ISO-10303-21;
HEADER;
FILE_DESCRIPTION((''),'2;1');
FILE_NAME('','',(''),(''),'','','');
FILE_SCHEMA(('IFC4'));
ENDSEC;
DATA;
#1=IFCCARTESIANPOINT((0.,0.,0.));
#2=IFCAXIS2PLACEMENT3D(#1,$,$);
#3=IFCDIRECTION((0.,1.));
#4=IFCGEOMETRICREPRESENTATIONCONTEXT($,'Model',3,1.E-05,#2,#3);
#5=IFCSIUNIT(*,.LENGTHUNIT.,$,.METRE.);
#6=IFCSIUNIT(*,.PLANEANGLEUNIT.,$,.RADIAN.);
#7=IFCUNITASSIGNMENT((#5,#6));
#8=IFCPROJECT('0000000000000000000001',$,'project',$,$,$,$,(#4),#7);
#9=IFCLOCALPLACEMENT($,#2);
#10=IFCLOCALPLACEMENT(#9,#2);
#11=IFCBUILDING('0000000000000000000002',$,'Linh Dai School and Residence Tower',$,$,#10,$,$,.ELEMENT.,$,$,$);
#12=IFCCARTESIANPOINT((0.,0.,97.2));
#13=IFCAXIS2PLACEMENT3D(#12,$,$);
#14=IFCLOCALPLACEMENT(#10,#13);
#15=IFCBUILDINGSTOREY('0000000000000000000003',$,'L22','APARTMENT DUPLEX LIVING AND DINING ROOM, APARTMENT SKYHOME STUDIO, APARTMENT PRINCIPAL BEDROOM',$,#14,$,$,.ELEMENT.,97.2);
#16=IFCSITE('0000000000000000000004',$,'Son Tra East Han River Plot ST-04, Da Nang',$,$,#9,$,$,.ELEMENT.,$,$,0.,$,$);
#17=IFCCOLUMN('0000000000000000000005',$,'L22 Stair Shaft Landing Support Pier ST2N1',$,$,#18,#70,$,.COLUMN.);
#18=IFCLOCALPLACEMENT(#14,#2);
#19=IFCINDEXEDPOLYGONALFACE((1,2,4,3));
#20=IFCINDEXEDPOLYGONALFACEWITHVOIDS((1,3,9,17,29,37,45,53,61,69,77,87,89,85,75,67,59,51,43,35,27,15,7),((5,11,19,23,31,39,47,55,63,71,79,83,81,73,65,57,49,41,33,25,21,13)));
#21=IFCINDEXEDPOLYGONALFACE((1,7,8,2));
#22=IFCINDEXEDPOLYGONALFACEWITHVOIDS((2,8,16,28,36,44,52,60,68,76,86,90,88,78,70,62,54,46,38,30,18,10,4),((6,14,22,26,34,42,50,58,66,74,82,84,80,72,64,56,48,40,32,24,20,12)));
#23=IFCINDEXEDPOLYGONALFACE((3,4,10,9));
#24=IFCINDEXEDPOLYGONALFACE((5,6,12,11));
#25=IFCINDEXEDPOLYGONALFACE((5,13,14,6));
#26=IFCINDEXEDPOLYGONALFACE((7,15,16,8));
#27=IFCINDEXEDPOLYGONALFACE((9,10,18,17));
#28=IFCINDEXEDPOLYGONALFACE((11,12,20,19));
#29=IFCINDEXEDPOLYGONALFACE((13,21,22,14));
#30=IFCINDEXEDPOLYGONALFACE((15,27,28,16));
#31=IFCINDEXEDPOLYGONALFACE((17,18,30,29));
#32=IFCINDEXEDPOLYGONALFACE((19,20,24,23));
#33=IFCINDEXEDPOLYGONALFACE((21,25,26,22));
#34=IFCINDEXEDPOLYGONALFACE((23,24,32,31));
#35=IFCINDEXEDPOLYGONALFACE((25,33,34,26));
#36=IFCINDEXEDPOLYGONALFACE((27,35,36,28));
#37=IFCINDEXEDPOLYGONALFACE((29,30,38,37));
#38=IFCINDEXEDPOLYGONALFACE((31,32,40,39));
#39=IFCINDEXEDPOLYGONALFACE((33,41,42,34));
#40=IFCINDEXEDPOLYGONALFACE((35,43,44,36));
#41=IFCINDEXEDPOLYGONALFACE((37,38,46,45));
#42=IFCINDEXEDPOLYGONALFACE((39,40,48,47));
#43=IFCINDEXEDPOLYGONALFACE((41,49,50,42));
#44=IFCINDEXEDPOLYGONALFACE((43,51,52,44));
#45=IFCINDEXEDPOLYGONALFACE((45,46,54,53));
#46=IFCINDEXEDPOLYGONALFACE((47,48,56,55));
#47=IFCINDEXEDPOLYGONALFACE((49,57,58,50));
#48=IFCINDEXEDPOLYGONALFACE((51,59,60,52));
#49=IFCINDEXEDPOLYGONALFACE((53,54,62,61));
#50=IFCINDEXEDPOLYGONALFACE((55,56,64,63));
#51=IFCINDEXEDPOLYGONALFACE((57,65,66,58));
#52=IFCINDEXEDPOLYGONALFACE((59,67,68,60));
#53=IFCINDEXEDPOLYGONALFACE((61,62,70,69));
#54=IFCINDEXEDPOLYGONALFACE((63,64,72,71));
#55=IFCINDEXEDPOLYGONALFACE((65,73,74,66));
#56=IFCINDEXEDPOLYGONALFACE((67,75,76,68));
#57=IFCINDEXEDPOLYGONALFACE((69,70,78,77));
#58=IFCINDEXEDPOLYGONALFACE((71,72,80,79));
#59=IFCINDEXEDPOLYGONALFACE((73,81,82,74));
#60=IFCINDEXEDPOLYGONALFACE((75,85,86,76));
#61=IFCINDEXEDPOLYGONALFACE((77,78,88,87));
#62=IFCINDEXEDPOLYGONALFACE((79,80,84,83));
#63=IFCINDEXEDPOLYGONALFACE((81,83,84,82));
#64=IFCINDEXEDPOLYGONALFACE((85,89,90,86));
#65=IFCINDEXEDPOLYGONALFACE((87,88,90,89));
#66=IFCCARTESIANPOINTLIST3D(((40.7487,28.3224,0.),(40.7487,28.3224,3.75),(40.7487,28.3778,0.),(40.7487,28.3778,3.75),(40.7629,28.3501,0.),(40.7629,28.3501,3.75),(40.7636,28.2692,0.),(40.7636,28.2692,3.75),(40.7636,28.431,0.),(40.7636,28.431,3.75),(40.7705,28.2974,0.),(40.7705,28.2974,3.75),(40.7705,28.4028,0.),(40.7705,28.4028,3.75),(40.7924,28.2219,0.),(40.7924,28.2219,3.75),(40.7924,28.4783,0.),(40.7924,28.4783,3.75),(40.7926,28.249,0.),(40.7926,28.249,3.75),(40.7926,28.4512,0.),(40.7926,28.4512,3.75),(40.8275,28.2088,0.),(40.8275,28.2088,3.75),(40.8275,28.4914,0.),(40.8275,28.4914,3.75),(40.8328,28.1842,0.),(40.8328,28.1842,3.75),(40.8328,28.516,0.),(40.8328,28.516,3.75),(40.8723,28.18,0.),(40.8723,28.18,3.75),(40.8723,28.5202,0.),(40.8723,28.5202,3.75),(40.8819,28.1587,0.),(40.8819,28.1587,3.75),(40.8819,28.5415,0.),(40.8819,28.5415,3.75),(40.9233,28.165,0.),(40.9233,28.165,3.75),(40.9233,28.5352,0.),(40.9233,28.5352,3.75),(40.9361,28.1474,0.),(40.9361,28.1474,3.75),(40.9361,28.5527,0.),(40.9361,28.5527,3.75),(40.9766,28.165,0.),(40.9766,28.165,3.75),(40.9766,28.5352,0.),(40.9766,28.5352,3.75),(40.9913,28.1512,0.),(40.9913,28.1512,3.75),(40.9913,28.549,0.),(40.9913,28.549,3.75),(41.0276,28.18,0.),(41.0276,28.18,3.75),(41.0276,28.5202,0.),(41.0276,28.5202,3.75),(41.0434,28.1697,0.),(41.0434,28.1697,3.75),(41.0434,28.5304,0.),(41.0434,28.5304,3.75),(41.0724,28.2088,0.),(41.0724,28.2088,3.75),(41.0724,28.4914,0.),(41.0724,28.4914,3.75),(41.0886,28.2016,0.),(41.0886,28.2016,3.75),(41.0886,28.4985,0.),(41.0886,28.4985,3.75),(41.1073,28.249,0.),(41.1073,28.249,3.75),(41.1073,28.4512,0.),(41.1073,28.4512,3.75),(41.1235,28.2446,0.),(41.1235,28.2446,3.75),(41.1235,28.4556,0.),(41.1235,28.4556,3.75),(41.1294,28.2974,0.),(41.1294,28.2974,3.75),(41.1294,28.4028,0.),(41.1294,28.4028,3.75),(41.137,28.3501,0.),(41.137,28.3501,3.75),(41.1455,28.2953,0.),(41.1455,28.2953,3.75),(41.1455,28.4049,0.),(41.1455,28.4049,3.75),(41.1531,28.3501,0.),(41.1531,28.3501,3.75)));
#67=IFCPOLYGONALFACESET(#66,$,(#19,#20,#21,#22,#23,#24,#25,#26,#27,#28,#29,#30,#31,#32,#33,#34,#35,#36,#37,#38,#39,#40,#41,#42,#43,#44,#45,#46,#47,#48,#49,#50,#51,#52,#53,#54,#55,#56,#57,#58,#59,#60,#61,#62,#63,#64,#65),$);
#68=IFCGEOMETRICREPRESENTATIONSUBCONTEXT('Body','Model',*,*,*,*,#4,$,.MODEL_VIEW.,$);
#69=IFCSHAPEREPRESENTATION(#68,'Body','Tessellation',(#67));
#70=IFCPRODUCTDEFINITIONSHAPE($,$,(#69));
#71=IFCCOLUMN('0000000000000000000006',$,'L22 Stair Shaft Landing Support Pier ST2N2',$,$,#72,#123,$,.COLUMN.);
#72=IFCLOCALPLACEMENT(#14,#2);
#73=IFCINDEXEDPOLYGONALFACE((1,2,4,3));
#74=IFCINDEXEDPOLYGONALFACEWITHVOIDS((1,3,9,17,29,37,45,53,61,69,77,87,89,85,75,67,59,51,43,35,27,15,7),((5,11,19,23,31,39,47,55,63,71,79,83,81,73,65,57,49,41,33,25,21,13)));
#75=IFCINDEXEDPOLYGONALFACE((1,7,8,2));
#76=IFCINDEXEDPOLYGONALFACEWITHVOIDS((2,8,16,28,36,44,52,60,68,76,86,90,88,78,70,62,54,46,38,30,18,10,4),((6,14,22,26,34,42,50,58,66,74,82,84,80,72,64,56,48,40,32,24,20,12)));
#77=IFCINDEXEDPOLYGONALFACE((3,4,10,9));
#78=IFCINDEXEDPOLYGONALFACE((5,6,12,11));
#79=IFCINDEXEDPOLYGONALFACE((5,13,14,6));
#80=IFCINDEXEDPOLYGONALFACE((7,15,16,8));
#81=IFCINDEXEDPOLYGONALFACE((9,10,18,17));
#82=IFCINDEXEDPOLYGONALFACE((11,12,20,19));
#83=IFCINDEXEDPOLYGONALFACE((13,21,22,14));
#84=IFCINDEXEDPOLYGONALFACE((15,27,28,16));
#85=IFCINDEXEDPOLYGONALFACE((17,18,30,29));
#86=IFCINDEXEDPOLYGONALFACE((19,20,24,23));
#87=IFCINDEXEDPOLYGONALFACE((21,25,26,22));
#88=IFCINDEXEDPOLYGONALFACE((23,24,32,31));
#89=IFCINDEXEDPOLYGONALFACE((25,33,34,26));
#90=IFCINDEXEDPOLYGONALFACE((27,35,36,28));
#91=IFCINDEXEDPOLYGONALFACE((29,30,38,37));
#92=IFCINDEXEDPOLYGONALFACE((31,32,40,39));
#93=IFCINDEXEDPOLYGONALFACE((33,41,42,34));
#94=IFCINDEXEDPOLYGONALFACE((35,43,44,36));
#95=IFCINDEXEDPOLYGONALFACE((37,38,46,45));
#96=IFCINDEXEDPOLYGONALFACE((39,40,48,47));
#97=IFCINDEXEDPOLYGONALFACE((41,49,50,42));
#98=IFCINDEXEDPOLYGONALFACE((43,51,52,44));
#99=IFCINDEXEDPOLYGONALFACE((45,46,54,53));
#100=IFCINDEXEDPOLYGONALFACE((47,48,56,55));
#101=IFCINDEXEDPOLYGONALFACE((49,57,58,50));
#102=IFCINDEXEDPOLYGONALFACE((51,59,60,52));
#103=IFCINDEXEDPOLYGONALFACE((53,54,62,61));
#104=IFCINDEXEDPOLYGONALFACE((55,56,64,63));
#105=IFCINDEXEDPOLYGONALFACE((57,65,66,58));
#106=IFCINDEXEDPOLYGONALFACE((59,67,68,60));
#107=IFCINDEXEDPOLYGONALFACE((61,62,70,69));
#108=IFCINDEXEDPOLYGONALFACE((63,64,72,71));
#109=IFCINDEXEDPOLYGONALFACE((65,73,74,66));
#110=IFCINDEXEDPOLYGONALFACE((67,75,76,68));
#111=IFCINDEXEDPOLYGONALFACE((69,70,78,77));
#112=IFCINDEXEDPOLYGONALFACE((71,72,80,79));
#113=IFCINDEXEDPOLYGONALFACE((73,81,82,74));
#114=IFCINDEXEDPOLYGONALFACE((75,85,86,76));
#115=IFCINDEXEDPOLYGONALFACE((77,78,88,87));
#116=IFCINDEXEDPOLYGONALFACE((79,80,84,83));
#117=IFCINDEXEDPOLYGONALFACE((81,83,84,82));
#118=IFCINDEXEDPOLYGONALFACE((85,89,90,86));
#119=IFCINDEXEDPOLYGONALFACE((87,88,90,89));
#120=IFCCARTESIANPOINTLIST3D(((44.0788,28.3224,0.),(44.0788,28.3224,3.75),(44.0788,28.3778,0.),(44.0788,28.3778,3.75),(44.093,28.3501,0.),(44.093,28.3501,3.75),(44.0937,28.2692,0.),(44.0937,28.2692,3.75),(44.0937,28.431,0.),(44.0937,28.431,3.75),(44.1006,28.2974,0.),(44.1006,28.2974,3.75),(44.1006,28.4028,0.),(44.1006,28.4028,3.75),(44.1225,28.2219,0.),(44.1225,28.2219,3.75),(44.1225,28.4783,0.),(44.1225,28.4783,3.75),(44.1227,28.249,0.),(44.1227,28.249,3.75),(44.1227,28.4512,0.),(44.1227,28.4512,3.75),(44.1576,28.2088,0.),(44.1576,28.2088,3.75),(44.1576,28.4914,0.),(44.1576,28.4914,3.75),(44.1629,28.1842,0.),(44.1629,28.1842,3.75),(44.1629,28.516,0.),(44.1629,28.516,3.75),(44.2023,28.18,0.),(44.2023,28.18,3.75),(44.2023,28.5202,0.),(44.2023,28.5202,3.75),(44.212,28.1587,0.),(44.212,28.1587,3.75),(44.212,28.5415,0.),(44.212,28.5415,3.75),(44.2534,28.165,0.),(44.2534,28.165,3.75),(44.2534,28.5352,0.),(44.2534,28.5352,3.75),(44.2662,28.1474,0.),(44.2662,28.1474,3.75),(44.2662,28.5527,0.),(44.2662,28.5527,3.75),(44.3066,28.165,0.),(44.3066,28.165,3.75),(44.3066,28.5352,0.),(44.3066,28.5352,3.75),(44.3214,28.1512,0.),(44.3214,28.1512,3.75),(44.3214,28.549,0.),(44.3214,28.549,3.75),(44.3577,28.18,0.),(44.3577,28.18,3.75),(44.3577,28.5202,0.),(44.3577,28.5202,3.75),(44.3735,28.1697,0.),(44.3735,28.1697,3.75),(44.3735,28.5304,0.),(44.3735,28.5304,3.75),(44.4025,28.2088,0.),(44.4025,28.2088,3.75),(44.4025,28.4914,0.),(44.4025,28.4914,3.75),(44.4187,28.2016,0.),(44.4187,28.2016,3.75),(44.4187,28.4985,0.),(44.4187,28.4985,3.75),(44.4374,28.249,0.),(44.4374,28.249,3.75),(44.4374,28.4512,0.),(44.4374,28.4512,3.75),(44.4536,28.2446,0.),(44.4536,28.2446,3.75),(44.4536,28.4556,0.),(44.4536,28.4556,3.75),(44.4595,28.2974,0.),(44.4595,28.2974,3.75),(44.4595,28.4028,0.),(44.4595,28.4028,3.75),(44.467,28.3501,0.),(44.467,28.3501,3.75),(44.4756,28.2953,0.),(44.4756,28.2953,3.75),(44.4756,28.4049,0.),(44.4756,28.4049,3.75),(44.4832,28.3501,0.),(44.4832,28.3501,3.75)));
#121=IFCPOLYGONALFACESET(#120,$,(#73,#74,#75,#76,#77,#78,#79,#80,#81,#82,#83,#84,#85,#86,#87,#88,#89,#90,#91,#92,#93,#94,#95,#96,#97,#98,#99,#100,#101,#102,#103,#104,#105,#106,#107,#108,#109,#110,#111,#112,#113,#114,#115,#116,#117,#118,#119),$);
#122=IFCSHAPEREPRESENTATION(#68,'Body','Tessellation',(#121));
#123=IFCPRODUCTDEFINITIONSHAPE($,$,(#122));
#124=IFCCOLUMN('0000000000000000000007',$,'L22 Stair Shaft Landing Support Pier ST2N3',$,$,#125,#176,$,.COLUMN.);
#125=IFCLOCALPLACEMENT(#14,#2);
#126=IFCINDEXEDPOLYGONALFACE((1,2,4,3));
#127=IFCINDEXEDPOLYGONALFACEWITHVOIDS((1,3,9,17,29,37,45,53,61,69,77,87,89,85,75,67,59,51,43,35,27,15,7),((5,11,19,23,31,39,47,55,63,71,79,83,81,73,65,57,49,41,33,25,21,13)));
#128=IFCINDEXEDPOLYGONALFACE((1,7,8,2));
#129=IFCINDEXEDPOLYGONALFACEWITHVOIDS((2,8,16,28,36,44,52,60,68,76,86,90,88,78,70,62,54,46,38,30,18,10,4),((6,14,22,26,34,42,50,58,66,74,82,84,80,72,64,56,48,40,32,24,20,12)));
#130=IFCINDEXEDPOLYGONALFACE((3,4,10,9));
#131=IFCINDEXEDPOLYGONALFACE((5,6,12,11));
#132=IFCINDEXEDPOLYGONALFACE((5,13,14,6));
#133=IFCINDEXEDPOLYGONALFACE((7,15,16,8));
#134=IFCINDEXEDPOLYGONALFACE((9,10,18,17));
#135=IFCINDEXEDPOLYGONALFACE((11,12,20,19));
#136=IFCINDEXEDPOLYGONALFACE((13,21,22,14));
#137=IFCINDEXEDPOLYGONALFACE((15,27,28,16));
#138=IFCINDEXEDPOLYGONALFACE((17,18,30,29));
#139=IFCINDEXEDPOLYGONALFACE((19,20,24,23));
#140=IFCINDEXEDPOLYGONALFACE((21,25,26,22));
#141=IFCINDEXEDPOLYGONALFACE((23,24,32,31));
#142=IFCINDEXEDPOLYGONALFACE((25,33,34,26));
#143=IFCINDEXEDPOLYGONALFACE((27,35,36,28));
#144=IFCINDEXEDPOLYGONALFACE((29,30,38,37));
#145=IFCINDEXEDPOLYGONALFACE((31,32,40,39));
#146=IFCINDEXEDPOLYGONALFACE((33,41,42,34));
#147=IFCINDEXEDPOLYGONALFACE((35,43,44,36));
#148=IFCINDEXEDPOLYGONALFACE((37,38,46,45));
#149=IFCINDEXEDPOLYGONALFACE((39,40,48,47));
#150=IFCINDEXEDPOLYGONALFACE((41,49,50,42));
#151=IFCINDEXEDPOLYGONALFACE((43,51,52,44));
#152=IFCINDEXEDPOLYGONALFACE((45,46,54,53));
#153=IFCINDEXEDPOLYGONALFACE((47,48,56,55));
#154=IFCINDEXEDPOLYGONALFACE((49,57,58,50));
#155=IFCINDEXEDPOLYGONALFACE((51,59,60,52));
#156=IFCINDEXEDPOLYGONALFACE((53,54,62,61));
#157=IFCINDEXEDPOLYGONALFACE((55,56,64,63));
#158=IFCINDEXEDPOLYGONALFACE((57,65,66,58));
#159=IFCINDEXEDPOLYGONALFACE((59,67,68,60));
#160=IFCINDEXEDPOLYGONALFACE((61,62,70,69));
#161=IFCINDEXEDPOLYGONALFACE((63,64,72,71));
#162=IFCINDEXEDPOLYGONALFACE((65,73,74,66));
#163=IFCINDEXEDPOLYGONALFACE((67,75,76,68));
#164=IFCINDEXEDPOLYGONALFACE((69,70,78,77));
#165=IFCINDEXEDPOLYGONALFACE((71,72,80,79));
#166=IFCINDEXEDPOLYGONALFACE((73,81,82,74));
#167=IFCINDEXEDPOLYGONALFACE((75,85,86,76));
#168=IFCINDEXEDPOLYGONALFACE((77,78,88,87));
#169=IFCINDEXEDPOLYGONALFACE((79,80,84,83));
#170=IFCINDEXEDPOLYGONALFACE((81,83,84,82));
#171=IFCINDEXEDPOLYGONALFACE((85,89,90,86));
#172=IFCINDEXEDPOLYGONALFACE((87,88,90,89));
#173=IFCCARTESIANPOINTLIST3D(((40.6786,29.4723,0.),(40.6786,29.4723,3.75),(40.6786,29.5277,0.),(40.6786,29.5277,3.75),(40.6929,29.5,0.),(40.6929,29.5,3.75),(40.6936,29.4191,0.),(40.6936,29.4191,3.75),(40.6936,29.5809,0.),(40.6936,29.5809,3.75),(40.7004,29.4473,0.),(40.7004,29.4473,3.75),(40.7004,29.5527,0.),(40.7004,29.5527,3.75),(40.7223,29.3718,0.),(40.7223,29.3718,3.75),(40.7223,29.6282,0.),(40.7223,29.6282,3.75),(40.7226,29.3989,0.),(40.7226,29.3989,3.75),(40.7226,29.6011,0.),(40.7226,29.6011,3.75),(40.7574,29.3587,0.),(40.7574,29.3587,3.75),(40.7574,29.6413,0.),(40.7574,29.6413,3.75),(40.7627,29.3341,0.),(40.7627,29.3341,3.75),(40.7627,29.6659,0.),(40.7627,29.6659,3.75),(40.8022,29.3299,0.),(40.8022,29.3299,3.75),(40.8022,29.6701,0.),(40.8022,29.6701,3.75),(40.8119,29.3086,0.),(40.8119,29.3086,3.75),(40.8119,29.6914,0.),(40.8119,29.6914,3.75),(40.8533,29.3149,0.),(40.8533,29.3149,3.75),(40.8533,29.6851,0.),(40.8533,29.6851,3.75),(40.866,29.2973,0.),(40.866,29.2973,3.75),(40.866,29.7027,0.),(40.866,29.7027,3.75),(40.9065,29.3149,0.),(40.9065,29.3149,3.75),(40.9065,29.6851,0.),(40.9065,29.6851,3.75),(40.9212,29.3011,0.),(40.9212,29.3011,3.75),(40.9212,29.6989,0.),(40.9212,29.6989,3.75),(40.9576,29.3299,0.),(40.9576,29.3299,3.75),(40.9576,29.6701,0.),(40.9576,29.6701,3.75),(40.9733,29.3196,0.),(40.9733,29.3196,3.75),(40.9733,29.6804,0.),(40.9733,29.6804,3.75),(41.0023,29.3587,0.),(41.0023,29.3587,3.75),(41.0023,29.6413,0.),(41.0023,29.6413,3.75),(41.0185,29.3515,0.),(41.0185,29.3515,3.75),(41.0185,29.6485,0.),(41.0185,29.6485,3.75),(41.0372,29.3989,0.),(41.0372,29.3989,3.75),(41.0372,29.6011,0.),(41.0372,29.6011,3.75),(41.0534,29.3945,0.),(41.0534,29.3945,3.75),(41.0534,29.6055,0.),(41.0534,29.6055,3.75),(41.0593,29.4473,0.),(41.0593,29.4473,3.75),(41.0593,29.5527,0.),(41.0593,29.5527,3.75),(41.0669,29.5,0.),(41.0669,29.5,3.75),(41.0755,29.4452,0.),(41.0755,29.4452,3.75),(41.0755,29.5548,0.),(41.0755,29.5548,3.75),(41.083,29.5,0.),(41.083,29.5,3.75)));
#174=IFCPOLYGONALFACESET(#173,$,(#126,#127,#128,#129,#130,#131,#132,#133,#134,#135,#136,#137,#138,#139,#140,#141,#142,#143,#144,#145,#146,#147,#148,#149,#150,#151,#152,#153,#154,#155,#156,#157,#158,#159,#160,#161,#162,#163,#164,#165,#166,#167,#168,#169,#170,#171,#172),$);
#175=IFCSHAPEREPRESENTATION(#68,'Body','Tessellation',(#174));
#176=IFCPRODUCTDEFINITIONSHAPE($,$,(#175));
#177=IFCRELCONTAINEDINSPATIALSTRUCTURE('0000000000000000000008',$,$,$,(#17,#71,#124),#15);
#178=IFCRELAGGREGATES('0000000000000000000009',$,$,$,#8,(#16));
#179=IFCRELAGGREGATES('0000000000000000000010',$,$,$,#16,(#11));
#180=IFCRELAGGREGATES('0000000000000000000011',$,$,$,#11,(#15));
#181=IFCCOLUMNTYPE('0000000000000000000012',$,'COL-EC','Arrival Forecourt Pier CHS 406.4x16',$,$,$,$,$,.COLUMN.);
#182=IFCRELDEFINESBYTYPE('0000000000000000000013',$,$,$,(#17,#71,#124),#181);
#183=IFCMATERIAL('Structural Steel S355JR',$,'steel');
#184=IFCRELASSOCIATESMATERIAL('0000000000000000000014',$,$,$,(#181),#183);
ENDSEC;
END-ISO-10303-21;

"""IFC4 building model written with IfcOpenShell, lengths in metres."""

from ifc_helpers import new_model, si_unit, direction, frame, origin, origin_2d, place, context, subcontext, project, spatial, hollow_circle, extrude, material, material_profile, profile_set, type_object, element, save


model = new_model("IFC4")

# Units and contexts
model_context = context("Model", 3, precision=1e-05, world=origin(), true_north=direction((0.0, 1.0)))
body_context = subcontext(model_context, "Body", "Model", "MODEL_VIEW")
ifc_project = project(units=[si_unit("LENGTHUNIT", "METRE"), si_unit("PLANEANGLEUNIT", "RADIAN")], contexts=[model_context])

# Site, building, storey
site_placement = place(None, origin())
site = spatial("IfcSite", under=ifc_project, at=site_placement, Name="Son Tra East Han River Plot ST-04, Da Nang", CompositionType="ELEMENT", RefElevation=0.0)
building_placement = place(site_placement, origin())
building = spatial("IfcBuilding", under=site, at=building_placement, Name="Linh Dai School and Residence Tower", CompositionType="ELEMENT")
storey_placement = place(building_placement, frame((0.0, 0.0, 97.2)))
storey = spatial("IfcBuildingStorey", under=building, at=storey_placement, Name="L22", Description="APARTMENT DUPLEX LIVING AND DINING ROOM, APARTMENT SKYHOME STUDIO, APARTMENT PRINCIPAL BEDROOM", CompositionType="ELEMENT", Elevation=97.2)

# Columns
ifc_material_1 = material(Name="Structural Steel S355JR", Category="steel")
ifc_material_profile_1 = material_profile(ifc_material_1, hollow_circle(Radius=0.2031, WallThickness=0.0161, at=origin_2d()), Name="CHS 406.4x16")
ifc_profile_set_1 = profile_set([ifc_material_profile_1], Name="Structural Steel S355JR")
column_type_1 = type_object("IfcColumnType", Name="COL-EC", Description="Arrival Forecourt Pier CHS 406.4x16", PredefinedType="COLUMN", material=ifc_profile_set_1)
for number, where, z_axis, x_axis, name in (
    (1, (40.95, 28.3501, 0.0), (0.0, 0.0, 1.0), (1.0, 0.0, 0.0), "L22 Stair Shaft Landing Support Pier ST2N1"),
    (2, (44.28, 28.3501, 0.0), (0.0, 0.0, 1.0), (1.0, 0.0, 0.0), "L22 Stair Shaft Landing Support Pier ST2N2"),
    (3, (40.8799, 29.5, 0.0), (0.0, 0.0, 1.0), (1.0, 0.0, 0.0), "L22 Stair Shaft Landing Support Pier ST2N3"),
):
    element("IfcColumn", number, at=place(storey_placement, frame(where, z_axis=z_axis, x_axis=x_axis)), inside=storey, type_object=column_type_1, Name=name, PredefinedType="COLUMN", context=body_context, shape_type="SweptSolid", body=[
        extrude(hollow_circle(Radius=0.2031, WallThickness=0.0161, at=origin_2d()), origin(), (0.0, 0.0, 1.0), 3.75),
    ])

save(model, "model.ifc")
